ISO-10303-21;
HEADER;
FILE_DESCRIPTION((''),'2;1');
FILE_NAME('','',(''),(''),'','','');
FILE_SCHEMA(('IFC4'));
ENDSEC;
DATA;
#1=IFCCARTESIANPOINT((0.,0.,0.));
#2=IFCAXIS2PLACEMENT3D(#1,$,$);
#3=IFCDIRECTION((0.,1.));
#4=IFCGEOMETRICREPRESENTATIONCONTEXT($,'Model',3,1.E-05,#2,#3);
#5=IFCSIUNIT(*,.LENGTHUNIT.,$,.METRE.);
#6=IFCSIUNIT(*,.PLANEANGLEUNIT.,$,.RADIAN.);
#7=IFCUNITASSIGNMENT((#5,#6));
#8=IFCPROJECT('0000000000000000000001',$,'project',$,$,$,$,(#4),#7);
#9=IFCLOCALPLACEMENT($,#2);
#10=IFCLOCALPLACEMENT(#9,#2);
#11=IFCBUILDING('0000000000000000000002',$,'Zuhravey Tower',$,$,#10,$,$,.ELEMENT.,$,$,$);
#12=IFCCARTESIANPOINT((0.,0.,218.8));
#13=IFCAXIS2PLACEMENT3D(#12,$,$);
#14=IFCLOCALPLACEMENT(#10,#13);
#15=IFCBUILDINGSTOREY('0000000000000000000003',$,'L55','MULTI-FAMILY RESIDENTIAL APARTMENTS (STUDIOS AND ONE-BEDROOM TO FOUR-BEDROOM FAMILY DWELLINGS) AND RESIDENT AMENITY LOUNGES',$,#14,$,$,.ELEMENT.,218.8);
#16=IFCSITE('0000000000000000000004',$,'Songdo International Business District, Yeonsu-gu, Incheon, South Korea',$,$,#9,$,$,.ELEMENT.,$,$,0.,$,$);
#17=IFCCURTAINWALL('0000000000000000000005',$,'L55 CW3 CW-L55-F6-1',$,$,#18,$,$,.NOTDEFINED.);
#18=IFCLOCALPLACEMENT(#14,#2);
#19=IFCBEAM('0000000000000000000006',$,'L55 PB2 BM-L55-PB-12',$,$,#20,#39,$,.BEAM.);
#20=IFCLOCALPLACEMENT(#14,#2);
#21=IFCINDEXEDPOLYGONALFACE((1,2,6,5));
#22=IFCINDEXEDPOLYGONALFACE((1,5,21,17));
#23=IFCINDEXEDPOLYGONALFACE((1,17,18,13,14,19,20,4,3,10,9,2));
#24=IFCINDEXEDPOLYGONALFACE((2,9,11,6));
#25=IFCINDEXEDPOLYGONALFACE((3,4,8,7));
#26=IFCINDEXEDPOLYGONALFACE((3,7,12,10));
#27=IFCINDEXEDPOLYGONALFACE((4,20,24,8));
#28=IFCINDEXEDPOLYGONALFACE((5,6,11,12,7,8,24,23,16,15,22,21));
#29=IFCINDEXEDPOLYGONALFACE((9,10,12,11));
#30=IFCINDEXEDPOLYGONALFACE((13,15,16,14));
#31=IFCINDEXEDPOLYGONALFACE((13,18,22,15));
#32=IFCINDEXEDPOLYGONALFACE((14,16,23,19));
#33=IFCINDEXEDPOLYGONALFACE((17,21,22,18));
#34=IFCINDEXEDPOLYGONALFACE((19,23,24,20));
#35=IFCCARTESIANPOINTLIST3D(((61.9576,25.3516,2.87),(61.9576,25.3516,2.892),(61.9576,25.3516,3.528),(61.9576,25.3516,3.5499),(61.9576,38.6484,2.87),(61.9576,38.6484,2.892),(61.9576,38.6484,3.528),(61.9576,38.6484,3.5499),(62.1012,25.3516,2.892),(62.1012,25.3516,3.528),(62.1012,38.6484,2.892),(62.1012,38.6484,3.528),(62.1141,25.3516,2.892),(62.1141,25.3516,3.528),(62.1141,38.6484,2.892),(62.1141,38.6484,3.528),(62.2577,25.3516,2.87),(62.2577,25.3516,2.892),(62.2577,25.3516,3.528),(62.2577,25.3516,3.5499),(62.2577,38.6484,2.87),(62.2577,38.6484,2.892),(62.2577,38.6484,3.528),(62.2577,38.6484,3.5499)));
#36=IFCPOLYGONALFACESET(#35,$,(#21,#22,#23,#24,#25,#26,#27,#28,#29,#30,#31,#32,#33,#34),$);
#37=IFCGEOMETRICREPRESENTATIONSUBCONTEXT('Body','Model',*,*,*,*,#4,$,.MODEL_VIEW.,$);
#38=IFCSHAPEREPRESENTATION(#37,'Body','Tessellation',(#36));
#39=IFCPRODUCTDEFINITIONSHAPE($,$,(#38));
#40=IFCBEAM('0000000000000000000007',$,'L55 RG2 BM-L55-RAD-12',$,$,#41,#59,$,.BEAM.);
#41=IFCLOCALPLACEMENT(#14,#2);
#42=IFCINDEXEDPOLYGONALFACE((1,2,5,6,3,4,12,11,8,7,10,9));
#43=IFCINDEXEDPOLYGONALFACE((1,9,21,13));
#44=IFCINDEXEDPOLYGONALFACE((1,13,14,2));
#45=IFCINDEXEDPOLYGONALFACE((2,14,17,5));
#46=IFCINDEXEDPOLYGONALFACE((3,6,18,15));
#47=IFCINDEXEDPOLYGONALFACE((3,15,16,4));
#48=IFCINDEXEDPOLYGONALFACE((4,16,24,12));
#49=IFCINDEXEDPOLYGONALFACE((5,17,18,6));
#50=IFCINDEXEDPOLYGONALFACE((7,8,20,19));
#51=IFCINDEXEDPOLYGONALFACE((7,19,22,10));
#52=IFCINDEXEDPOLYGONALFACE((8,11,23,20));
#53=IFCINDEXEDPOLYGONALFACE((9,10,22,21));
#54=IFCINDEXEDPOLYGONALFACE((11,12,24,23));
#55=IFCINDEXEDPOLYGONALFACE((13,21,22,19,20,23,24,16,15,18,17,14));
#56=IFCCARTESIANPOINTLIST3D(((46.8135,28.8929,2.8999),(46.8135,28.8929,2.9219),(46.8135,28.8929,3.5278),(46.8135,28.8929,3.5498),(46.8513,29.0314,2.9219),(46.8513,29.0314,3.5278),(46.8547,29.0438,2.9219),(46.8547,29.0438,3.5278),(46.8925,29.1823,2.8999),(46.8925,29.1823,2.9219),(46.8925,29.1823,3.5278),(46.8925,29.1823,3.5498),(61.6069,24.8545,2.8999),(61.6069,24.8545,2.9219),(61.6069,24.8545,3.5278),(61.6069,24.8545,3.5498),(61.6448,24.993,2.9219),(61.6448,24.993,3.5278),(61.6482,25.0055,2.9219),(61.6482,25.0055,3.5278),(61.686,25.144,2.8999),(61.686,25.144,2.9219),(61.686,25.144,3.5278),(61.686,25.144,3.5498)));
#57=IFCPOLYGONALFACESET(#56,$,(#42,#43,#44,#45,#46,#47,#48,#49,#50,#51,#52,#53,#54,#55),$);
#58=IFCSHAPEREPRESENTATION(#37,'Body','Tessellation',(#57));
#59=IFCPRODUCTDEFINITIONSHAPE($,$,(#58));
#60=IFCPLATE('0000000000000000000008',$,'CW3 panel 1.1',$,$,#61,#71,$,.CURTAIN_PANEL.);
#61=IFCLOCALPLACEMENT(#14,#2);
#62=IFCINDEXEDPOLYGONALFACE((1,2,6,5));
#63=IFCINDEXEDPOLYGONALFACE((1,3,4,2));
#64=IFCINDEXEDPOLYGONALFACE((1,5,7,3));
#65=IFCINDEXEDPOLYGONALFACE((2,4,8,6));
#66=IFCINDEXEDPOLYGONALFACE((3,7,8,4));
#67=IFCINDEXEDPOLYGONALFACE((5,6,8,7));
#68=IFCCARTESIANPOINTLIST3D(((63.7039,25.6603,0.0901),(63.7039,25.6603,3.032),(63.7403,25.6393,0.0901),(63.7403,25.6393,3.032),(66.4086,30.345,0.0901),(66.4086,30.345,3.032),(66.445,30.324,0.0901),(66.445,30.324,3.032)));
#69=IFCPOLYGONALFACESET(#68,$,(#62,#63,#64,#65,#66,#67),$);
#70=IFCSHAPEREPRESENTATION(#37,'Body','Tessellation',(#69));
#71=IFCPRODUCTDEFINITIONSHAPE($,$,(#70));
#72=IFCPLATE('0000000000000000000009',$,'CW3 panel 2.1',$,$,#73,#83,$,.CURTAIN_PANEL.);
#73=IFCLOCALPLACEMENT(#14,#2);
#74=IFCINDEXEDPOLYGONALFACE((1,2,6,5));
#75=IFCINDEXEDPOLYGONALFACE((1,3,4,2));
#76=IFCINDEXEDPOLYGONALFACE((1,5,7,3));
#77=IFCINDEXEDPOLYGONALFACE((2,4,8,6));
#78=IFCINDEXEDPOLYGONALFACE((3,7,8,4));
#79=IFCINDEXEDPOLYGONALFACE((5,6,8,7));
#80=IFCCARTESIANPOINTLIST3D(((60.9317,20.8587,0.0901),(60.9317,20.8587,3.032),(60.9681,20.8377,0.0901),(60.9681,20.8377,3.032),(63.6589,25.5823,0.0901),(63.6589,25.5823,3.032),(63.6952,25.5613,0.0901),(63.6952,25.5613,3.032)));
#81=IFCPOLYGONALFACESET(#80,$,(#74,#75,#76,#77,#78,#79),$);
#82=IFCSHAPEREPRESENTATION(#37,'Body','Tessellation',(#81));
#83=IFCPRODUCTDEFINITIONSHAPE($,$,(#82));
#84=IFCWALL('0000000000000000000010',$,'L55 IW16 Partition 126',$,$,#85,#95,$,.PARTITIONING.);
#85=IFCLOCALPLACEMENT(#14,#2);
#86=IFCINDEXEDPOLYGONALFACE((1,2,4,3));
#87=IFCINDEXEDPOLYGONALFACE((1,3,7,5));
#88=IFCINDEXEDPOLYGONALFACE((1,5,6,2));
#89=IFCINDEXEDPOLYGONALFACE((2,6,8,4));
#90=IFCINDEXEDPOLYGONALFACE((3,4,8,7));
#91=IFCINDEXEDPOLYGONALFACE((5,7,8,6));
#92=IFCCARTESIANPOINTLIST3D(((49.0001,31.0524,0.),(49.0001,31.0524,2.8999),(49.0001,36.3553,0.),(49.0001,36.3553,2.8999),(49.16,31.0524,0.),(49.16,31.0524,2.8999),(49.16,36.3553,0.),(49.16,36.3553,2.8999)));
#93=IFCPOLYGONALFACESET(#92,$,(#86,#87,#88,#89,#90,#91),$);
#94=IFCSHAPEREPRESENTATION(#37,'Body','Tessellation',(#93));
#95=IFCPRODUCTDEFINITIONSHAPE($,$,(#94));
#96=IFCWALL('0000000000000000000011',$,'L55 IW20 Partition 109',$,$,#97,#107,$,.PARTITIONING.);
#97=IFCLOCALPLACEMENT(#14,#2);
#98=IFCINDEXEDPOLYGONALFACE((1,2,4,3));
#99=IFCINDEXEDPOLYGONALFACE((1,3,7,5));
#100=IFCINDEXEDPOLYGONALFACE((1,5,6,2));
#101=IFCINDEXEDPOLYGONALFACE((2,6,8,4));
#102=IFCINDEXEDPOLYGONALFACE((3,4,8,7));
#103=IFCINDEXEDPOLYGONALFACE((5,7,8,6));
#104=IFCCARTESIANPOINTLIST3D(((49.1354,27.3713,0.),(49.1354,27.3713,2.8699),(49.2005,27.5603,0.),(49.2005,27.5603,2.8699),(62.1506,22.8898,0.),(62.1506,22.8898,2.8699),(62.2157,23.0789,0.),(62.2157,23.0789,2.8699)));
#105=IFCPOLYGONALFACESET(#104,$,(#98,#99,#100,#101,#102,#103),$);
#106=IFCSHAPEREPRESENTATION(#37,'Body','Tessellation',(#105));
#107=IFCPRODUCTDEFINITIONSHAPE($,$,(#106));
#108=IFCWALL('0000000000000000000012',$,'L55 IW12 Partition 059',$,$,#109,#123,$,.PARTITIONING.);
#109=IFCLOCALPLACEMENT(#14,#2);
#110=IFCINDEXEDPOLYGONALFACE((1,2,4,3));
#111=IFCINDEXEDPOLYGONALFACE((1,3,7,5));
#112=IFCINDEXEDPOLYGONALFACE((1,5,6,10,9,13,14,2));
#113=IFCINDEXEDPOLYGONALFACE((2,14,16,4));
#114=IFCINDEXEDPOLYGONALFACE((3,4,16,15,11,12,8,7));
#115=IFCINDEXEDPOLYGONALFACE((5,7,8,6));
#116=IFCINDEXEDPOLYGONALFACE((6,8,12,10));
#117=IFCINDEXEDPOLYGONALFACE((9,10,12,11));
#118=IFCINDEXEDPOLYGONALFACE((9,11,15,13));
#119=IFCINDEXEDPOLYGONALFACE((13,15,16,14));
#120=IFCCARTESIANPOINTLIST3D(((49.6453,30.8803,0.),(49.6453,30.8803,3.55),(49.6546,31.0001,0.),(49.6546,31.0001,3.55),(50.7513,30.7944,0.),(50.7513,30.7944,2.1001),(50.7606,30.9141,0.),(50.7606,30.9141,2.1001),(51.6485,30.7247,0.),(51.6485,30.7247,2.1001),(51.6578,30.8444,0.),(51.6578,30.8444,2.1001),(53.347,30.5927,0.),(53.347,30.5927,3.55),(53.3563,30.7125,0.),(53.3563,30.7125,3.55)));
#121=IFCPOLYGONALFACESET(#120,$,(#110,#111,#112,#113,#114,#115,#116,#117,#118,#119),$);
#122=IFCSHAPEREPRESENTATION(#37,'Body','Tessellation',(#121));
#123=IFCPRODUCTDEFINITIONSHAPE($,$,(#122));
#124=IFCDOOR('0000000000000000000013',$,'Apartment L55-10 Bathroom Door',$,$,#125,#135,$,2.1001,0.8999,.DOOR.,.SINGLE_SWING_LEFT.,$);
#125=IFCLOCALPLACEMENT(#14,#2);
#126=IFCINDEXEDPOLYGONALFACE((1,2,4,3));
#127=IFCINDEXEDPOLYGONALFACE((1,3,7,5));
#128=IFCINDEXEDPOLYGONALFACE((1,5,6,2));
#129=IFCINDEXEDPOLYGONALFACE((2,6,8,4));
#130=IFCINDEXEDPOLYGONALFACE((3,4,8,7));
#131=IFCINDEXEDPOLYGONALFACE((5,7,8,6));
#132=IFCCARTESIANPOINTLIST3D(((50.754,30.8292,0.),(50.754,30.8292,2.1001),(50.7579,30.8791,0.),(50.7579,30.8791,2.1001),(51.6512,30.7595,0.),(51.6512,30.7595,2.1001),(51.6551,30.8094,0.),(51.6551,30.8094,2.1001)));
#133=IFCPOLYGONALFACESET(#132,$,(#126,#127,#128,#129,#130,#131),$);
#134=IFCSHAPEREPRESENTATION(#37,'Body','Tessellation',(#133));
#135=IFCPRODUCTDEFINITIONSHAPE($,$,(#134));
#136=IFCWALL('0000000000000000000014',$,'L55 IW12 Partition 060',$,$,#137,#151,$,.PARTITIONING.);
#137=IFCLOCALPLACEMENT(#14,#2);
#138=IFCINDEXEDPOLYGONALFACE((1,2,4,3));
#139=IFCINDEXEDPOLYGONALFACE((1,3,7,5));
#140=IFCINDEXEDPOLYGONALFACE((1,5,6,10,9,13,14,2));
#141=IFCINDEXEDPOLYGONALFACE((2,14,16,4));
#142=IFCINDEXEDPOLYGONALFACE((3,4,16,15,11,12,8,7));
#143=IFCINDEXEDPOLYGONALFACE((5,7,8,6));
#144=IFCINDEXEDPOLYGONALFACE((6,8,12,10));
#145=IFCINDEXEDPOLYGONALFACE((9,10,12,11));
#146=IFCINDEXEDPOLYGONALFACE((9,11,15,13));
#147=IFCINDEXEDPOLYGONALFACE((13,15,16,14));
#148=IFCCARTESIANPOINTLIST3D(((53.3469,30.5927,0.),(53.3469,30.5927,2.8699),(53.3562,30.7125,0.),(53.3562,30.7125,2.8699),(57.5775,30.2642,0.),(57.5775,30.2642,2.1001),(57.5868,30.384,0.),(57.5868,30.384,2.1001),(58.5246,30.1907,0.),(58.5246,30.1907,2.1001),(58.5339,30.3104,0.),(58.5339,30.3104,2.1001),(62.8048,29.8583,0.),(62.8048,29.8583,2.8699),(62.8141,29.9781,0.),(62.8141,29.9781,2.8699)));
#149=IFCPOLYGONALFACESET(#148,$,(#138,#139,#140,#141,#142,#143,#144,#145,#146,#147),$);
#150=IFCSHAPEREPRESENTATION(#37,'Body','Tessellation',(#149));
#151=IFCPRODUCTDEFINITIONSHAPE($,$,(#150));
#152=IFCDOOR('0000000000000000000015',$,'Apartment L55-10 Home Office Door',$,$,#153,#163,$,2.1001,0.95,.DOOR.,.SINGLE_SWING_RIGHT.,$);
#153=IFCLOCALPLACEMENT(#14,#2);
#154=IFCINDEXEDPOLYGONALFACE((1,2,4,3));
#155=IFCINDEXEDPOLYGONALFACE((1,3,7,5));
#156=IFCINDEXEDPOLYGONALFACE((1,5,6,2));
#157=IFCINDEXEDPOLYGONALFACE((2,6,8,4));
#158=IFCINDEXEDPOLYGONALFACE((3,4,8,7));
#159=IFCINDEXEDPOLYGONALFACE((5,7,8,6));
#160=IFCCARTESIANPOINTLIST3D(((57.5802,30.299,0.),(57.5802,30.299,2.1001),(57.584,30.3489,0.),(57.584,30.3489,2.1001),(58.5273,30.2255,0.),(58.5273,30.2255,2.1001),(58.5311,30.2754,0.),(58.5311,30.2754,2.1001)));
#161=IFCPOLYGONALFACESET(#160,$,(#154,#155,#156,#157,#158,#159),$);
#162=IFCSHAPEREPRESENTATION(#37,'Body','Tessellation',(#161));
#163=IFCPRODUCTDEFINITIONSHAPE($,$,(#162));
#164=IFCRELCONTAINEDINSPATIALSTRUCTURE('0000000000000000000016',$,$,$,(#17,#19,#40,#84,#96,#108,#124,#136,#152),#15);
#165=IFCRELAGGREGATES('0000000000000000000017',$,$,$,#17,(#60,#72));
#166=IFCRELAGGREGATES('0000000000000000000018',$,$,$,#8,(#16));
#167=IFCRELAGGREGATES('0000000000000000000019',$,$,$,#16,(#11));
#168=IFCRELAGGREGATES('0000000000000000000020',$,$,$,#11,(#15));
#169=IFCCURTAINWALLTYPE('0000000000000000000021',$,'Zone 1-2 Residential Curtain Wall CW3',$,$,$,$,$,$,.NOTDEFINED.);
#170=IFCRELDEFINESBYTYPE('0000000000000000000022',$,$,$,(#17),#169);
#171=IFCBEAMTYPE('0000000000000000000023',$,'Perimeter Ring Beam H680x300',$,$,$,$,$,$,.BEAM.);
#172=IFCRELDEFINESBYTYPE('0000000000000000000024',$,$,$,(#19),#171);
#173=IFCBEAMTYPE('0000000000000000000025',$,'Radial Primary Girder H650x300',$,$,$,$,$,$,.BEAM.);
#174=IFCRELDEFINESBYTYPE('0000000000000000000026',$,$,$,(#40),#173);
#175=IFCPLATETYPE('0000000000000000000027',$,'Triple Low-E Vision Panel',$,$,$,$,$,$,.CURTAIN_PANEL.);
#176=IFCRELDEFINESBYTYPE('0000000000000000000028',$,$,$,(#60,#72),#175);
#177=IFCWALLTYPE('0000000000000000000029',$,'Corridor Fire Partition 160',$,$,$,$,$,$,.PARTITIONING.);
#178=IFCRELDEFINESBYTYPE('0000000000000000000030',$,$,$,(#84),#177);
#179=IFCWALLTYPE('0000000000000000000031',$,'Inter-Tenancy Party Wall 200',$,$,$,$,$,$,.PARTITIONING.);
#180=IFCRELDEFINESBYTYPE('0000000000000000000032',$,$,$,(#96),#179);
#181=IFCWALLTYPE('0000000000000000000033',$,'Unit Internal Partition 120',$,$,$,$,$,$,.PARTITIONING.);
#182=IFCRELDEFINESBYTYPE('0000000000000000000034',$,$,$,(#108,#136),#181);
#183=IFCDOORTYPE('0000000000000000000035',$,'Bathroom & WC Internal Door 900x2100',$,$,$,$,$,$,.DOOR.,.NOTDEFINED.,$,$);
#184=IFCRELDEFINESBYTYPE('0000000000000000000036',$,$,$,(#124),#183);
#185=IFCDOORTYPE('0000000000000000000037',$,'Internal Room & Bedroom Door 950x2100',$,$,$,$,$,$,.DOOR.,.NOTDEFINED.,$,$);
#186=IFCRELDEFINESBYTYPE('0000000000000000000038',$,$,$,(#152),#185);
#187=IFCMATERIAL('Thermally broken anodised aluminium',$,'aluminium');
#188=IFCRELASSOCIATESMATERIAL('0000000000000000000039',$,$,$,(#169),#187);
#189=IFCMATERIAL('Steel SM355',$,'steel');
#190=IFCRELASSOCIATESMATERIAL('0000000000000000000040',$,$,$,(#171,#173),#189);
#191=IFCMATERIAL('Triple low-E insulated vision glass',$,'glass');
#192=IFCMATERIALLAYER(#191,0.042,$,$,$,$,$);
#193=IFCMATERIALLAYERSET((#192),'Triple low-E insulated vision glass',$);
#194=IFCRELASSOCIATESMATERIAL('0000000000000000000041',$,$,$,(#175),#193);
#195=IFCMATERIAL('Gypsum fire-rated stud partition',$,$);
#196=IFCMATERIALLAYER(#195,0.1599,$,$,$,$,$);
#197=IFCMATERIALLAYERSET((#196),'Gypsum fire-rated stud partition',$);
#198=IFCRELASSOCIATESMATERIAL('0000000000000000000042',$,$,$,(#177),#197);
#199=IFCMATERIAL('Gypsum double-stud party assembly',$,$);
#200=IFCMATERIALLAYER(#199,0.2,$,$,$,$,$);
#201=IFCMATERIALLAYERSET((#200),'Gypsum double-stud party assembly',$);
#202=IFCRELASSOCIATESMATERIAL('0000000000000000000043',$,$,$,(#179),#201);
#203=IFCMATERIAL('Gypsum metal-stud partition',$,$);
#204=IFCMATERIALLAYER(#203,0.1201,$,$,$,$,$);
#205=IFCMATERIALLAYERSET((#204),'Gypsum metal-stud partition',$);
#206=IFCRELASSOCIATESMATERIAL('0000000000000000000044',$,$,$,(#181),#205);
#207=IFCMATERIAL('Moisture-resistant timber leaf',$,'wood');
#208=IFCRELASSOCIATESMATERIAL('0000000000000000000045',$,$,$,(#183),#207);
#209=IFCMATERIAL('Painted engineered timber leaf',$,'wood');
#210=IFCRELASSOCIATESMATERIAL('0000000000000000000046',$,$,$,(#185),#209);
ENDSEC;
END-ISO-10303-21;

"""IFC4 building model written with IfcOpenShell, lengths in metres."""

from ifc_helpers import new_model, si_unit, direction, frame, frame_2d, origin, origin_2d, place, context, subcontext, project, spatial, rectangle, i_section, extrude, material, layer, layer_set, material_profile, profile_set, type_object, element, fill, aggregate, save


model = new_model("IFC4")

# Units and contexts
model_context = context("Model", 3, precision=1e-05, world=origin(), true_north=direction((0.0, 1.0)))
body_context = subcontext(model_context, "Body", "Model", "MODEL_VIEW")
ifc_project = project(units=[si_unit("LENGTHUNIT", "METRE"), si_unit("PLANEANGLEUNIT", "RADIAN")], contexts=[model_context])

# Site, building, storey
site_placement = place(None, origin())
site = spatial("IfcSite", under=ifc_project, at=site_placement, Name="Songdo International Business District, Yeonsu-gu, Incheon, South Korea", CompositionType="ELEMENT", RefElevation=0.0)
building_placement = place(site_placement, origin())
building = spatial("IfcBuilding", under=site, at=building_placement, Name="Zuhravey Tower", CompositionType="ELEMENT")
storey_placement = place(building_placement, frame((0.0, 0.0, 218.8)))
storey = spatial("IfcBuildingStorey", under=building, at=storey_placement, Name="L55", Description="MULTI-FAMILY RESIDENTIAL APARTMENTS (STUDIOS AND ONE-BEDROOM TO FOUR-BEDROOM FAMILY DWELLINGS) AND RESIDENT AMENITY LOUNGES", CompositionType="ELEMENT", Elevation=218.8)

# Curtain wall
ifc_material_1 = material(Name="Thermally broken anodised aluminium", Category="aluminium")
curtain_wall_type = type_object("IfcCurtainWallType", Name="Zone 1-2 Residential Curtain Wall CW3", PredefinedType="NOTDEFINED", material=ifc_material_1)
curtain_wall_placement = place(storey_placement, origin())
curtain_wall = element("IfcCurtainWall", 1, at=curtain_wall_placement, inside=storey, type_object=curtain_wall_type, Name="L55 CW3 CW-L55-F6-1", PredefinedType="NOTDEFINED")

# Beams
ifc_material_2 = material(Name="Steel SM355", Category="steel")
ifc_material_profile_1 = material_profile(ifc_material_2, i_section(OverallWidth=0.3, OverallDepth=0.6799, WebThickness=0.0129, FlangeThickness=0.022, at=origin_2d()), Name="H-680x300x13x22")
ifc_profile_set_1 = profile_set([ifc_material_profile_1], Name="Steel SM355")
beam_type_1 = type_object("IfcBeamType", Name="Perimeter Ring Beam H680x300", PredefinedType="BEAM", material=ifc_profile_set_1)
beam_1_placement = place(storey_placement, frame((62.1077, 25.3516, 3.21), z_axis=(0.0, 1.0, 0.0), x_axis=(-1.0, 0.0, 0.0)))
element("IfcBeam", 2, at=beam_1_placement, inside=storey, type_object=beam_type_1, Name="L55 PB2 BM-L55-PB-12", PredefinedType="BEAM", context=body_context, shape_type="SweptSolid", body=[
    extrude(i_section(OverallWidth=0.3, OverallDepth=0.6799, WebThickness=0.0129, FlangeThickness=0.022, at=origin_2d()), origin(), (0.0, 0.0, 1.0), 13.2969),
])
ifc_material_profile_2 = material_profile(ifc_material_2, i_section(OverallWidth=0.3, OverallDepth=0.6499, WebThickness=0.0129, FlangeThickness=0.022, at=origin_2d()), Name="H-650x300x13x22")
ifc_profile_set_2 = profile_set([ifc_material_profile_2], Name="Steel SM355")
beam_type_2 = type_object("IfcBeamType", Name="Radial Primary Girder H650x300", PredefinedType="BEAM", material=ifc_profile_set_2)
beam_2_placement = place(storey_placement, frame((46.853, 29.0376, 3.2249), z_axis=(0.964702, -0.263345, 0.0), x_axis=(0.263345, 0.964702, 0.0)))
element("IfcBeam", 3, at=beam_2_placement, inside=storey, type_object=beam_type_2, Name="L55 RG2 BM-L55-RAD-12", PredefinedType="BEAM", context=body_context, shape_type="SweptSolid", body=[
    extrude(i_section(OverallWidth=0.3, OverallDepth=0.6499, WebThickness=0.0129, FlangeThickness=0.022, at=origin_2d()), origin(), (0.0, 0.0, 1.0), 15.3347),
])

# Plates
ifc_material_3 = material(Name="Triple low-E insulated vision glass", Category="glass")
ifc_layer_1 = layer(ifc_material_3, 0.042)
ifc_layer_set_1 = layer_set([ifc_layer_1], Name="Triple low-E insulated vision glass")
plate_type = type_object("IfcPlateType", Name="Triple Low-E Vision Panel", PredefinedType="CURTAIN_PANEL", material=ifc_layer_set_1)
plate_1_placement = place(storey_placement, frame((65.0745, 27.9922, 0.0901), z_axis=(0.0, 0.0, 1.0), x_axis=(-0.5, -0.866025, 0.0)))
plate_1 = element("IfcPlate", 4, at=plate_1_placement, type_object=plate_type, Name="CW3 panel 1.1", PredefinedType="CURTAIN_PANEL", context=body_context, shape_type="SweptSolid", body=[
    extrude(rectangle(XDim=5.4094, YDim=0.042, at=origin_2d()), origin(), (0.0, 0.0, 1.0), 2.9419),
])
plate_2_placement = place(storey_placement, frame((62.3135, 23.21, 0.0901), z_axis=(0.0, 0.0, 1.0), x_axis=(-0.5, -0.866025, 0.0)))
plate_2 = element("IfcPlate", 5, at=plate_2_placement, type_object=plate_type, Name="CW3 panel 2.1", PredefinedType="CURTAIN_PANEL", context=body_context, shape_type="SweptSolid", body=[
    extrude(rectangle(XDim=5.4543, YDim=0.042, at=origin_2d()), origin(), (0.0, 0.0, 1.0), 2.9419),
])
aggregate(curtain_wall, [plate_1, plate_2])

# Shared definitions
ifc_material_4 = material(Name="Gypsum fire-rated stud partition")
ifc_layer_2 = layer(ifc_material_4, 0.1599)
ifc_layer_set_2 = layer_set([ifc_layer_2], Name="Gypsum fire-rated stud partition")
wall_type_1 = type_object("IfcWallType", Name="Corridor Fire Partition 160", PredefinedType="PARTITIONING", material=ifc_layer_set_2)

# Walls
wall_1_placement = place(storey_placement, frame((49.0801, 31.0525, 0.0), z_axis=(0.0, 0.0, 1.0), x_axis=(0.0, 1.0, 0.0)))
element("IfcWall", 6, at=wall_1_placement, inside=storey, type_object=wall_type_1, Name="L55 IW16 Partition 126", PredefinedType="PARTITIONING", context=body_context, shape_type="SweptSolid", body=[
    extrude(rectangle(XDim=5.303, YDim=0.1599, at=frame_2d((2.6514, 0.0))), origin(), (0.0, 0.0, 1.0), 2.8999),
])
ifc_material_5 = material(Name="Gypsum double-stud party assembly")
ifc_layer_3 = layer(ifc_material_5, 0.2)
ifc_layer_set_3 = layer_set([ifc_layer_3], Name="Gypsum double-stud party assembly")
wall_type_2 = type_object("IfcWallType", Name="Inter-Tenancy Party Wall 200", PredefinedType="PARTITIONING", material=ifc_layer_set_3)
wall_2_placement = place(storey_placement, frame((49.168, 27.4658, 0.0), z_axis=(0.0, 0.0, 1.0), x_axis=(0.945519, -0.325566, 0.0)))
element("IfcWall", 7, at=wall_2_placement, inside=storey, type_object=wall_type_2, Name="L55 IW20 Partition 109", PredefinedType="PARTITIONING", context=body_context, shape_type="SweptSolid", body=[
    extrude(rectangle(XDim=13.7651, YDim=0.2, at=frame_2d((6.8826, 0.0))), origin(), (0.0, 0.0, 1.0), 2.8699),
])

# Walls, openings, doors
ifc_material_6 = material(Name="Gypsum metal-stud partition")
ifc_layer_4 = layer(ifc_material_6, 0.1201)
ifc_layer_set_4 = layer_set([ifc_layer_4], Name="Gypsum metal-stud partition")
wall_type_3 = type_object("IfcWallType", Name="Unit Internal Partition 120", PredefinedType="PARTITIONING", material=ifc_layer_set_4)
wall_3_placement = place(storey_placement, frame((49.6499, 30.9402, 0.0), z_axis=(0.0, 0.0, 1.0), x_axis=(0.996995, -0.077461, 0.0)))
wall_3 = element("IfcWall", 8, at=wall_3_placement, inside=storey, type_object=wall_type_3, Name="L55 IW12 Partition 059", PredefinedType="PARTITIONING", context=body_context, shape_type="SweptSolid", body=[
    extrude(rectangle(XDim=3.7129, YDim=0.1201, at=frame_2d((1.8564, 0.0))), origin(), (0.0, 0.0, 1.0), 3.55),
])
opening_1_placement = place(wall_3_placement, frame((1.1094, 0.0, 0.0)))
opening_1 = element("IfcOpeningElement", 9, at=opening_1_placement, cuts=wall_3, PredefinedType="OPENING", context=body_context, shape_type="SweptSolid", body=[
    extrude(rectangle(XDim=0.8999, YDim=2.1001, at=frame_2d((0.45, 1.05))), frame((0.0, 0.072, 0.0), z_axis=(0.0, -1.0, 0.0), x_axis=(1.0, 0.0, 0.0)), (0.0, 0.0, 1.0), 0.144),
])
ifc_material_7 = material(Name="Moisture-resistant timber leaf", Category="wood")
door_type_1 = type_object("IfcDoorType", Name="Bathroom & WC Internal Door 900x2100", OperationType="NOTDEFINED", PredefinedType="DOOR", material=ifc_material_7)
door_1_placement = place(opening_1_placement, origin())
door_1 = element("IfcDoor", 10, at=door_1_placement, inside=storey, type_object=door_type_1, Name="Apartment L55-10 Bathroom Door", OperationType="SINGLE_SWING_LEFT", OverallHeight=2.1001, OverallWidth=0.8999, PredefinedType="DOOR", context=body_context, shape_type="SweptSolid", body=[
    extrude(rectangle(XDim=0.8999, YDim=2.1001, at=frame_2d((0.45, 1.05))), frame((0.0, 0.0249, 0.0), z_axis=(0.0, -1.0, 0.0), x_axis=(1.0, 0.0, 0.0)), (0.0, 0.0, 1.0), 0.05),
])
fill(opening_1, door_1)
wall_4_placement = place(storey_placement, frame((53.3516, 30.6526, 0.0), z_axis=(0.0, 0.0, 1.0), x_axis=(0.996999, -0.077415, 0.0)))
wall_4 = element("IfcWall", 11, at=wall_4_placement, inside=storey, type_object=wall_type_3, Name="L55 IW12 Partition 060", PredefinedType="PARTITIONING", context=body_context, shape_type="SweptSolid", body=[
    extrude(rectangle(XDim=9.4863, YDim=0.1201, at=frame_2d((4.7432, 0.0))), origin(), (0.0, 0.0, 1.0), 2.8699),
])
opening_2_placement = place(wall_4_placement, frame((4.2432, 0.0, 0.0)))
opening_2 = element("IfcOpeningElement", 12, at=opening_2_placement, cuts=wall_4, PredefinedType="OPENING", context=body_context, shape_type="SweptSolid", body=[
    extrude(rectangle(XDim=0.95, YDim=2.1001, at=frame_2d((0.4751, 1.05))), frame((0.0, 0.072, 0.0), z_axis=(0.0, -1.0, 0.0), x_axis=(1.0, 0.0, 0.0)), (0.0, 0.0, 1.0), 0.144),
])
ifc_material_8 = material(Name="Painted engineered timber leaf", Category="wood")
door_type_2 = type_object("IfcDoorType", Name="Internal Room & Bedroom Door 950x2100", OperationType="NOTDEFINED", PredefinedType="DOOR", material=ifc_material_8)
door_2_placement = place(opening_2_placement, origin())
door_2 = element("IfcDoor", 13, at=door_2_placement, inside=storey, type_object=door_type_2, Name="Apartment L55-10 Home Office Door", OperationType="SINGLE_SWING_RIGHT", OverallHeight=2.1001, OverallWidth=0.95, PredefinedType="DOOR", context=body_context, shape_type="SweptSolid", body=[
    extrude(rectangle(XDim=0.95, YDim=2.1001, at=frame_2d((0.4751, 1.05))), frame((0.0, 0.0249, 0.0), z_axis=(0.0, -1.0, 0.0), x_axis=(1.0, 0.0, 0.0)), (0.0, 0.0, 1.0), 0.05),
])
fill(opening_2, door_2)

save(model, "model.ifc")
